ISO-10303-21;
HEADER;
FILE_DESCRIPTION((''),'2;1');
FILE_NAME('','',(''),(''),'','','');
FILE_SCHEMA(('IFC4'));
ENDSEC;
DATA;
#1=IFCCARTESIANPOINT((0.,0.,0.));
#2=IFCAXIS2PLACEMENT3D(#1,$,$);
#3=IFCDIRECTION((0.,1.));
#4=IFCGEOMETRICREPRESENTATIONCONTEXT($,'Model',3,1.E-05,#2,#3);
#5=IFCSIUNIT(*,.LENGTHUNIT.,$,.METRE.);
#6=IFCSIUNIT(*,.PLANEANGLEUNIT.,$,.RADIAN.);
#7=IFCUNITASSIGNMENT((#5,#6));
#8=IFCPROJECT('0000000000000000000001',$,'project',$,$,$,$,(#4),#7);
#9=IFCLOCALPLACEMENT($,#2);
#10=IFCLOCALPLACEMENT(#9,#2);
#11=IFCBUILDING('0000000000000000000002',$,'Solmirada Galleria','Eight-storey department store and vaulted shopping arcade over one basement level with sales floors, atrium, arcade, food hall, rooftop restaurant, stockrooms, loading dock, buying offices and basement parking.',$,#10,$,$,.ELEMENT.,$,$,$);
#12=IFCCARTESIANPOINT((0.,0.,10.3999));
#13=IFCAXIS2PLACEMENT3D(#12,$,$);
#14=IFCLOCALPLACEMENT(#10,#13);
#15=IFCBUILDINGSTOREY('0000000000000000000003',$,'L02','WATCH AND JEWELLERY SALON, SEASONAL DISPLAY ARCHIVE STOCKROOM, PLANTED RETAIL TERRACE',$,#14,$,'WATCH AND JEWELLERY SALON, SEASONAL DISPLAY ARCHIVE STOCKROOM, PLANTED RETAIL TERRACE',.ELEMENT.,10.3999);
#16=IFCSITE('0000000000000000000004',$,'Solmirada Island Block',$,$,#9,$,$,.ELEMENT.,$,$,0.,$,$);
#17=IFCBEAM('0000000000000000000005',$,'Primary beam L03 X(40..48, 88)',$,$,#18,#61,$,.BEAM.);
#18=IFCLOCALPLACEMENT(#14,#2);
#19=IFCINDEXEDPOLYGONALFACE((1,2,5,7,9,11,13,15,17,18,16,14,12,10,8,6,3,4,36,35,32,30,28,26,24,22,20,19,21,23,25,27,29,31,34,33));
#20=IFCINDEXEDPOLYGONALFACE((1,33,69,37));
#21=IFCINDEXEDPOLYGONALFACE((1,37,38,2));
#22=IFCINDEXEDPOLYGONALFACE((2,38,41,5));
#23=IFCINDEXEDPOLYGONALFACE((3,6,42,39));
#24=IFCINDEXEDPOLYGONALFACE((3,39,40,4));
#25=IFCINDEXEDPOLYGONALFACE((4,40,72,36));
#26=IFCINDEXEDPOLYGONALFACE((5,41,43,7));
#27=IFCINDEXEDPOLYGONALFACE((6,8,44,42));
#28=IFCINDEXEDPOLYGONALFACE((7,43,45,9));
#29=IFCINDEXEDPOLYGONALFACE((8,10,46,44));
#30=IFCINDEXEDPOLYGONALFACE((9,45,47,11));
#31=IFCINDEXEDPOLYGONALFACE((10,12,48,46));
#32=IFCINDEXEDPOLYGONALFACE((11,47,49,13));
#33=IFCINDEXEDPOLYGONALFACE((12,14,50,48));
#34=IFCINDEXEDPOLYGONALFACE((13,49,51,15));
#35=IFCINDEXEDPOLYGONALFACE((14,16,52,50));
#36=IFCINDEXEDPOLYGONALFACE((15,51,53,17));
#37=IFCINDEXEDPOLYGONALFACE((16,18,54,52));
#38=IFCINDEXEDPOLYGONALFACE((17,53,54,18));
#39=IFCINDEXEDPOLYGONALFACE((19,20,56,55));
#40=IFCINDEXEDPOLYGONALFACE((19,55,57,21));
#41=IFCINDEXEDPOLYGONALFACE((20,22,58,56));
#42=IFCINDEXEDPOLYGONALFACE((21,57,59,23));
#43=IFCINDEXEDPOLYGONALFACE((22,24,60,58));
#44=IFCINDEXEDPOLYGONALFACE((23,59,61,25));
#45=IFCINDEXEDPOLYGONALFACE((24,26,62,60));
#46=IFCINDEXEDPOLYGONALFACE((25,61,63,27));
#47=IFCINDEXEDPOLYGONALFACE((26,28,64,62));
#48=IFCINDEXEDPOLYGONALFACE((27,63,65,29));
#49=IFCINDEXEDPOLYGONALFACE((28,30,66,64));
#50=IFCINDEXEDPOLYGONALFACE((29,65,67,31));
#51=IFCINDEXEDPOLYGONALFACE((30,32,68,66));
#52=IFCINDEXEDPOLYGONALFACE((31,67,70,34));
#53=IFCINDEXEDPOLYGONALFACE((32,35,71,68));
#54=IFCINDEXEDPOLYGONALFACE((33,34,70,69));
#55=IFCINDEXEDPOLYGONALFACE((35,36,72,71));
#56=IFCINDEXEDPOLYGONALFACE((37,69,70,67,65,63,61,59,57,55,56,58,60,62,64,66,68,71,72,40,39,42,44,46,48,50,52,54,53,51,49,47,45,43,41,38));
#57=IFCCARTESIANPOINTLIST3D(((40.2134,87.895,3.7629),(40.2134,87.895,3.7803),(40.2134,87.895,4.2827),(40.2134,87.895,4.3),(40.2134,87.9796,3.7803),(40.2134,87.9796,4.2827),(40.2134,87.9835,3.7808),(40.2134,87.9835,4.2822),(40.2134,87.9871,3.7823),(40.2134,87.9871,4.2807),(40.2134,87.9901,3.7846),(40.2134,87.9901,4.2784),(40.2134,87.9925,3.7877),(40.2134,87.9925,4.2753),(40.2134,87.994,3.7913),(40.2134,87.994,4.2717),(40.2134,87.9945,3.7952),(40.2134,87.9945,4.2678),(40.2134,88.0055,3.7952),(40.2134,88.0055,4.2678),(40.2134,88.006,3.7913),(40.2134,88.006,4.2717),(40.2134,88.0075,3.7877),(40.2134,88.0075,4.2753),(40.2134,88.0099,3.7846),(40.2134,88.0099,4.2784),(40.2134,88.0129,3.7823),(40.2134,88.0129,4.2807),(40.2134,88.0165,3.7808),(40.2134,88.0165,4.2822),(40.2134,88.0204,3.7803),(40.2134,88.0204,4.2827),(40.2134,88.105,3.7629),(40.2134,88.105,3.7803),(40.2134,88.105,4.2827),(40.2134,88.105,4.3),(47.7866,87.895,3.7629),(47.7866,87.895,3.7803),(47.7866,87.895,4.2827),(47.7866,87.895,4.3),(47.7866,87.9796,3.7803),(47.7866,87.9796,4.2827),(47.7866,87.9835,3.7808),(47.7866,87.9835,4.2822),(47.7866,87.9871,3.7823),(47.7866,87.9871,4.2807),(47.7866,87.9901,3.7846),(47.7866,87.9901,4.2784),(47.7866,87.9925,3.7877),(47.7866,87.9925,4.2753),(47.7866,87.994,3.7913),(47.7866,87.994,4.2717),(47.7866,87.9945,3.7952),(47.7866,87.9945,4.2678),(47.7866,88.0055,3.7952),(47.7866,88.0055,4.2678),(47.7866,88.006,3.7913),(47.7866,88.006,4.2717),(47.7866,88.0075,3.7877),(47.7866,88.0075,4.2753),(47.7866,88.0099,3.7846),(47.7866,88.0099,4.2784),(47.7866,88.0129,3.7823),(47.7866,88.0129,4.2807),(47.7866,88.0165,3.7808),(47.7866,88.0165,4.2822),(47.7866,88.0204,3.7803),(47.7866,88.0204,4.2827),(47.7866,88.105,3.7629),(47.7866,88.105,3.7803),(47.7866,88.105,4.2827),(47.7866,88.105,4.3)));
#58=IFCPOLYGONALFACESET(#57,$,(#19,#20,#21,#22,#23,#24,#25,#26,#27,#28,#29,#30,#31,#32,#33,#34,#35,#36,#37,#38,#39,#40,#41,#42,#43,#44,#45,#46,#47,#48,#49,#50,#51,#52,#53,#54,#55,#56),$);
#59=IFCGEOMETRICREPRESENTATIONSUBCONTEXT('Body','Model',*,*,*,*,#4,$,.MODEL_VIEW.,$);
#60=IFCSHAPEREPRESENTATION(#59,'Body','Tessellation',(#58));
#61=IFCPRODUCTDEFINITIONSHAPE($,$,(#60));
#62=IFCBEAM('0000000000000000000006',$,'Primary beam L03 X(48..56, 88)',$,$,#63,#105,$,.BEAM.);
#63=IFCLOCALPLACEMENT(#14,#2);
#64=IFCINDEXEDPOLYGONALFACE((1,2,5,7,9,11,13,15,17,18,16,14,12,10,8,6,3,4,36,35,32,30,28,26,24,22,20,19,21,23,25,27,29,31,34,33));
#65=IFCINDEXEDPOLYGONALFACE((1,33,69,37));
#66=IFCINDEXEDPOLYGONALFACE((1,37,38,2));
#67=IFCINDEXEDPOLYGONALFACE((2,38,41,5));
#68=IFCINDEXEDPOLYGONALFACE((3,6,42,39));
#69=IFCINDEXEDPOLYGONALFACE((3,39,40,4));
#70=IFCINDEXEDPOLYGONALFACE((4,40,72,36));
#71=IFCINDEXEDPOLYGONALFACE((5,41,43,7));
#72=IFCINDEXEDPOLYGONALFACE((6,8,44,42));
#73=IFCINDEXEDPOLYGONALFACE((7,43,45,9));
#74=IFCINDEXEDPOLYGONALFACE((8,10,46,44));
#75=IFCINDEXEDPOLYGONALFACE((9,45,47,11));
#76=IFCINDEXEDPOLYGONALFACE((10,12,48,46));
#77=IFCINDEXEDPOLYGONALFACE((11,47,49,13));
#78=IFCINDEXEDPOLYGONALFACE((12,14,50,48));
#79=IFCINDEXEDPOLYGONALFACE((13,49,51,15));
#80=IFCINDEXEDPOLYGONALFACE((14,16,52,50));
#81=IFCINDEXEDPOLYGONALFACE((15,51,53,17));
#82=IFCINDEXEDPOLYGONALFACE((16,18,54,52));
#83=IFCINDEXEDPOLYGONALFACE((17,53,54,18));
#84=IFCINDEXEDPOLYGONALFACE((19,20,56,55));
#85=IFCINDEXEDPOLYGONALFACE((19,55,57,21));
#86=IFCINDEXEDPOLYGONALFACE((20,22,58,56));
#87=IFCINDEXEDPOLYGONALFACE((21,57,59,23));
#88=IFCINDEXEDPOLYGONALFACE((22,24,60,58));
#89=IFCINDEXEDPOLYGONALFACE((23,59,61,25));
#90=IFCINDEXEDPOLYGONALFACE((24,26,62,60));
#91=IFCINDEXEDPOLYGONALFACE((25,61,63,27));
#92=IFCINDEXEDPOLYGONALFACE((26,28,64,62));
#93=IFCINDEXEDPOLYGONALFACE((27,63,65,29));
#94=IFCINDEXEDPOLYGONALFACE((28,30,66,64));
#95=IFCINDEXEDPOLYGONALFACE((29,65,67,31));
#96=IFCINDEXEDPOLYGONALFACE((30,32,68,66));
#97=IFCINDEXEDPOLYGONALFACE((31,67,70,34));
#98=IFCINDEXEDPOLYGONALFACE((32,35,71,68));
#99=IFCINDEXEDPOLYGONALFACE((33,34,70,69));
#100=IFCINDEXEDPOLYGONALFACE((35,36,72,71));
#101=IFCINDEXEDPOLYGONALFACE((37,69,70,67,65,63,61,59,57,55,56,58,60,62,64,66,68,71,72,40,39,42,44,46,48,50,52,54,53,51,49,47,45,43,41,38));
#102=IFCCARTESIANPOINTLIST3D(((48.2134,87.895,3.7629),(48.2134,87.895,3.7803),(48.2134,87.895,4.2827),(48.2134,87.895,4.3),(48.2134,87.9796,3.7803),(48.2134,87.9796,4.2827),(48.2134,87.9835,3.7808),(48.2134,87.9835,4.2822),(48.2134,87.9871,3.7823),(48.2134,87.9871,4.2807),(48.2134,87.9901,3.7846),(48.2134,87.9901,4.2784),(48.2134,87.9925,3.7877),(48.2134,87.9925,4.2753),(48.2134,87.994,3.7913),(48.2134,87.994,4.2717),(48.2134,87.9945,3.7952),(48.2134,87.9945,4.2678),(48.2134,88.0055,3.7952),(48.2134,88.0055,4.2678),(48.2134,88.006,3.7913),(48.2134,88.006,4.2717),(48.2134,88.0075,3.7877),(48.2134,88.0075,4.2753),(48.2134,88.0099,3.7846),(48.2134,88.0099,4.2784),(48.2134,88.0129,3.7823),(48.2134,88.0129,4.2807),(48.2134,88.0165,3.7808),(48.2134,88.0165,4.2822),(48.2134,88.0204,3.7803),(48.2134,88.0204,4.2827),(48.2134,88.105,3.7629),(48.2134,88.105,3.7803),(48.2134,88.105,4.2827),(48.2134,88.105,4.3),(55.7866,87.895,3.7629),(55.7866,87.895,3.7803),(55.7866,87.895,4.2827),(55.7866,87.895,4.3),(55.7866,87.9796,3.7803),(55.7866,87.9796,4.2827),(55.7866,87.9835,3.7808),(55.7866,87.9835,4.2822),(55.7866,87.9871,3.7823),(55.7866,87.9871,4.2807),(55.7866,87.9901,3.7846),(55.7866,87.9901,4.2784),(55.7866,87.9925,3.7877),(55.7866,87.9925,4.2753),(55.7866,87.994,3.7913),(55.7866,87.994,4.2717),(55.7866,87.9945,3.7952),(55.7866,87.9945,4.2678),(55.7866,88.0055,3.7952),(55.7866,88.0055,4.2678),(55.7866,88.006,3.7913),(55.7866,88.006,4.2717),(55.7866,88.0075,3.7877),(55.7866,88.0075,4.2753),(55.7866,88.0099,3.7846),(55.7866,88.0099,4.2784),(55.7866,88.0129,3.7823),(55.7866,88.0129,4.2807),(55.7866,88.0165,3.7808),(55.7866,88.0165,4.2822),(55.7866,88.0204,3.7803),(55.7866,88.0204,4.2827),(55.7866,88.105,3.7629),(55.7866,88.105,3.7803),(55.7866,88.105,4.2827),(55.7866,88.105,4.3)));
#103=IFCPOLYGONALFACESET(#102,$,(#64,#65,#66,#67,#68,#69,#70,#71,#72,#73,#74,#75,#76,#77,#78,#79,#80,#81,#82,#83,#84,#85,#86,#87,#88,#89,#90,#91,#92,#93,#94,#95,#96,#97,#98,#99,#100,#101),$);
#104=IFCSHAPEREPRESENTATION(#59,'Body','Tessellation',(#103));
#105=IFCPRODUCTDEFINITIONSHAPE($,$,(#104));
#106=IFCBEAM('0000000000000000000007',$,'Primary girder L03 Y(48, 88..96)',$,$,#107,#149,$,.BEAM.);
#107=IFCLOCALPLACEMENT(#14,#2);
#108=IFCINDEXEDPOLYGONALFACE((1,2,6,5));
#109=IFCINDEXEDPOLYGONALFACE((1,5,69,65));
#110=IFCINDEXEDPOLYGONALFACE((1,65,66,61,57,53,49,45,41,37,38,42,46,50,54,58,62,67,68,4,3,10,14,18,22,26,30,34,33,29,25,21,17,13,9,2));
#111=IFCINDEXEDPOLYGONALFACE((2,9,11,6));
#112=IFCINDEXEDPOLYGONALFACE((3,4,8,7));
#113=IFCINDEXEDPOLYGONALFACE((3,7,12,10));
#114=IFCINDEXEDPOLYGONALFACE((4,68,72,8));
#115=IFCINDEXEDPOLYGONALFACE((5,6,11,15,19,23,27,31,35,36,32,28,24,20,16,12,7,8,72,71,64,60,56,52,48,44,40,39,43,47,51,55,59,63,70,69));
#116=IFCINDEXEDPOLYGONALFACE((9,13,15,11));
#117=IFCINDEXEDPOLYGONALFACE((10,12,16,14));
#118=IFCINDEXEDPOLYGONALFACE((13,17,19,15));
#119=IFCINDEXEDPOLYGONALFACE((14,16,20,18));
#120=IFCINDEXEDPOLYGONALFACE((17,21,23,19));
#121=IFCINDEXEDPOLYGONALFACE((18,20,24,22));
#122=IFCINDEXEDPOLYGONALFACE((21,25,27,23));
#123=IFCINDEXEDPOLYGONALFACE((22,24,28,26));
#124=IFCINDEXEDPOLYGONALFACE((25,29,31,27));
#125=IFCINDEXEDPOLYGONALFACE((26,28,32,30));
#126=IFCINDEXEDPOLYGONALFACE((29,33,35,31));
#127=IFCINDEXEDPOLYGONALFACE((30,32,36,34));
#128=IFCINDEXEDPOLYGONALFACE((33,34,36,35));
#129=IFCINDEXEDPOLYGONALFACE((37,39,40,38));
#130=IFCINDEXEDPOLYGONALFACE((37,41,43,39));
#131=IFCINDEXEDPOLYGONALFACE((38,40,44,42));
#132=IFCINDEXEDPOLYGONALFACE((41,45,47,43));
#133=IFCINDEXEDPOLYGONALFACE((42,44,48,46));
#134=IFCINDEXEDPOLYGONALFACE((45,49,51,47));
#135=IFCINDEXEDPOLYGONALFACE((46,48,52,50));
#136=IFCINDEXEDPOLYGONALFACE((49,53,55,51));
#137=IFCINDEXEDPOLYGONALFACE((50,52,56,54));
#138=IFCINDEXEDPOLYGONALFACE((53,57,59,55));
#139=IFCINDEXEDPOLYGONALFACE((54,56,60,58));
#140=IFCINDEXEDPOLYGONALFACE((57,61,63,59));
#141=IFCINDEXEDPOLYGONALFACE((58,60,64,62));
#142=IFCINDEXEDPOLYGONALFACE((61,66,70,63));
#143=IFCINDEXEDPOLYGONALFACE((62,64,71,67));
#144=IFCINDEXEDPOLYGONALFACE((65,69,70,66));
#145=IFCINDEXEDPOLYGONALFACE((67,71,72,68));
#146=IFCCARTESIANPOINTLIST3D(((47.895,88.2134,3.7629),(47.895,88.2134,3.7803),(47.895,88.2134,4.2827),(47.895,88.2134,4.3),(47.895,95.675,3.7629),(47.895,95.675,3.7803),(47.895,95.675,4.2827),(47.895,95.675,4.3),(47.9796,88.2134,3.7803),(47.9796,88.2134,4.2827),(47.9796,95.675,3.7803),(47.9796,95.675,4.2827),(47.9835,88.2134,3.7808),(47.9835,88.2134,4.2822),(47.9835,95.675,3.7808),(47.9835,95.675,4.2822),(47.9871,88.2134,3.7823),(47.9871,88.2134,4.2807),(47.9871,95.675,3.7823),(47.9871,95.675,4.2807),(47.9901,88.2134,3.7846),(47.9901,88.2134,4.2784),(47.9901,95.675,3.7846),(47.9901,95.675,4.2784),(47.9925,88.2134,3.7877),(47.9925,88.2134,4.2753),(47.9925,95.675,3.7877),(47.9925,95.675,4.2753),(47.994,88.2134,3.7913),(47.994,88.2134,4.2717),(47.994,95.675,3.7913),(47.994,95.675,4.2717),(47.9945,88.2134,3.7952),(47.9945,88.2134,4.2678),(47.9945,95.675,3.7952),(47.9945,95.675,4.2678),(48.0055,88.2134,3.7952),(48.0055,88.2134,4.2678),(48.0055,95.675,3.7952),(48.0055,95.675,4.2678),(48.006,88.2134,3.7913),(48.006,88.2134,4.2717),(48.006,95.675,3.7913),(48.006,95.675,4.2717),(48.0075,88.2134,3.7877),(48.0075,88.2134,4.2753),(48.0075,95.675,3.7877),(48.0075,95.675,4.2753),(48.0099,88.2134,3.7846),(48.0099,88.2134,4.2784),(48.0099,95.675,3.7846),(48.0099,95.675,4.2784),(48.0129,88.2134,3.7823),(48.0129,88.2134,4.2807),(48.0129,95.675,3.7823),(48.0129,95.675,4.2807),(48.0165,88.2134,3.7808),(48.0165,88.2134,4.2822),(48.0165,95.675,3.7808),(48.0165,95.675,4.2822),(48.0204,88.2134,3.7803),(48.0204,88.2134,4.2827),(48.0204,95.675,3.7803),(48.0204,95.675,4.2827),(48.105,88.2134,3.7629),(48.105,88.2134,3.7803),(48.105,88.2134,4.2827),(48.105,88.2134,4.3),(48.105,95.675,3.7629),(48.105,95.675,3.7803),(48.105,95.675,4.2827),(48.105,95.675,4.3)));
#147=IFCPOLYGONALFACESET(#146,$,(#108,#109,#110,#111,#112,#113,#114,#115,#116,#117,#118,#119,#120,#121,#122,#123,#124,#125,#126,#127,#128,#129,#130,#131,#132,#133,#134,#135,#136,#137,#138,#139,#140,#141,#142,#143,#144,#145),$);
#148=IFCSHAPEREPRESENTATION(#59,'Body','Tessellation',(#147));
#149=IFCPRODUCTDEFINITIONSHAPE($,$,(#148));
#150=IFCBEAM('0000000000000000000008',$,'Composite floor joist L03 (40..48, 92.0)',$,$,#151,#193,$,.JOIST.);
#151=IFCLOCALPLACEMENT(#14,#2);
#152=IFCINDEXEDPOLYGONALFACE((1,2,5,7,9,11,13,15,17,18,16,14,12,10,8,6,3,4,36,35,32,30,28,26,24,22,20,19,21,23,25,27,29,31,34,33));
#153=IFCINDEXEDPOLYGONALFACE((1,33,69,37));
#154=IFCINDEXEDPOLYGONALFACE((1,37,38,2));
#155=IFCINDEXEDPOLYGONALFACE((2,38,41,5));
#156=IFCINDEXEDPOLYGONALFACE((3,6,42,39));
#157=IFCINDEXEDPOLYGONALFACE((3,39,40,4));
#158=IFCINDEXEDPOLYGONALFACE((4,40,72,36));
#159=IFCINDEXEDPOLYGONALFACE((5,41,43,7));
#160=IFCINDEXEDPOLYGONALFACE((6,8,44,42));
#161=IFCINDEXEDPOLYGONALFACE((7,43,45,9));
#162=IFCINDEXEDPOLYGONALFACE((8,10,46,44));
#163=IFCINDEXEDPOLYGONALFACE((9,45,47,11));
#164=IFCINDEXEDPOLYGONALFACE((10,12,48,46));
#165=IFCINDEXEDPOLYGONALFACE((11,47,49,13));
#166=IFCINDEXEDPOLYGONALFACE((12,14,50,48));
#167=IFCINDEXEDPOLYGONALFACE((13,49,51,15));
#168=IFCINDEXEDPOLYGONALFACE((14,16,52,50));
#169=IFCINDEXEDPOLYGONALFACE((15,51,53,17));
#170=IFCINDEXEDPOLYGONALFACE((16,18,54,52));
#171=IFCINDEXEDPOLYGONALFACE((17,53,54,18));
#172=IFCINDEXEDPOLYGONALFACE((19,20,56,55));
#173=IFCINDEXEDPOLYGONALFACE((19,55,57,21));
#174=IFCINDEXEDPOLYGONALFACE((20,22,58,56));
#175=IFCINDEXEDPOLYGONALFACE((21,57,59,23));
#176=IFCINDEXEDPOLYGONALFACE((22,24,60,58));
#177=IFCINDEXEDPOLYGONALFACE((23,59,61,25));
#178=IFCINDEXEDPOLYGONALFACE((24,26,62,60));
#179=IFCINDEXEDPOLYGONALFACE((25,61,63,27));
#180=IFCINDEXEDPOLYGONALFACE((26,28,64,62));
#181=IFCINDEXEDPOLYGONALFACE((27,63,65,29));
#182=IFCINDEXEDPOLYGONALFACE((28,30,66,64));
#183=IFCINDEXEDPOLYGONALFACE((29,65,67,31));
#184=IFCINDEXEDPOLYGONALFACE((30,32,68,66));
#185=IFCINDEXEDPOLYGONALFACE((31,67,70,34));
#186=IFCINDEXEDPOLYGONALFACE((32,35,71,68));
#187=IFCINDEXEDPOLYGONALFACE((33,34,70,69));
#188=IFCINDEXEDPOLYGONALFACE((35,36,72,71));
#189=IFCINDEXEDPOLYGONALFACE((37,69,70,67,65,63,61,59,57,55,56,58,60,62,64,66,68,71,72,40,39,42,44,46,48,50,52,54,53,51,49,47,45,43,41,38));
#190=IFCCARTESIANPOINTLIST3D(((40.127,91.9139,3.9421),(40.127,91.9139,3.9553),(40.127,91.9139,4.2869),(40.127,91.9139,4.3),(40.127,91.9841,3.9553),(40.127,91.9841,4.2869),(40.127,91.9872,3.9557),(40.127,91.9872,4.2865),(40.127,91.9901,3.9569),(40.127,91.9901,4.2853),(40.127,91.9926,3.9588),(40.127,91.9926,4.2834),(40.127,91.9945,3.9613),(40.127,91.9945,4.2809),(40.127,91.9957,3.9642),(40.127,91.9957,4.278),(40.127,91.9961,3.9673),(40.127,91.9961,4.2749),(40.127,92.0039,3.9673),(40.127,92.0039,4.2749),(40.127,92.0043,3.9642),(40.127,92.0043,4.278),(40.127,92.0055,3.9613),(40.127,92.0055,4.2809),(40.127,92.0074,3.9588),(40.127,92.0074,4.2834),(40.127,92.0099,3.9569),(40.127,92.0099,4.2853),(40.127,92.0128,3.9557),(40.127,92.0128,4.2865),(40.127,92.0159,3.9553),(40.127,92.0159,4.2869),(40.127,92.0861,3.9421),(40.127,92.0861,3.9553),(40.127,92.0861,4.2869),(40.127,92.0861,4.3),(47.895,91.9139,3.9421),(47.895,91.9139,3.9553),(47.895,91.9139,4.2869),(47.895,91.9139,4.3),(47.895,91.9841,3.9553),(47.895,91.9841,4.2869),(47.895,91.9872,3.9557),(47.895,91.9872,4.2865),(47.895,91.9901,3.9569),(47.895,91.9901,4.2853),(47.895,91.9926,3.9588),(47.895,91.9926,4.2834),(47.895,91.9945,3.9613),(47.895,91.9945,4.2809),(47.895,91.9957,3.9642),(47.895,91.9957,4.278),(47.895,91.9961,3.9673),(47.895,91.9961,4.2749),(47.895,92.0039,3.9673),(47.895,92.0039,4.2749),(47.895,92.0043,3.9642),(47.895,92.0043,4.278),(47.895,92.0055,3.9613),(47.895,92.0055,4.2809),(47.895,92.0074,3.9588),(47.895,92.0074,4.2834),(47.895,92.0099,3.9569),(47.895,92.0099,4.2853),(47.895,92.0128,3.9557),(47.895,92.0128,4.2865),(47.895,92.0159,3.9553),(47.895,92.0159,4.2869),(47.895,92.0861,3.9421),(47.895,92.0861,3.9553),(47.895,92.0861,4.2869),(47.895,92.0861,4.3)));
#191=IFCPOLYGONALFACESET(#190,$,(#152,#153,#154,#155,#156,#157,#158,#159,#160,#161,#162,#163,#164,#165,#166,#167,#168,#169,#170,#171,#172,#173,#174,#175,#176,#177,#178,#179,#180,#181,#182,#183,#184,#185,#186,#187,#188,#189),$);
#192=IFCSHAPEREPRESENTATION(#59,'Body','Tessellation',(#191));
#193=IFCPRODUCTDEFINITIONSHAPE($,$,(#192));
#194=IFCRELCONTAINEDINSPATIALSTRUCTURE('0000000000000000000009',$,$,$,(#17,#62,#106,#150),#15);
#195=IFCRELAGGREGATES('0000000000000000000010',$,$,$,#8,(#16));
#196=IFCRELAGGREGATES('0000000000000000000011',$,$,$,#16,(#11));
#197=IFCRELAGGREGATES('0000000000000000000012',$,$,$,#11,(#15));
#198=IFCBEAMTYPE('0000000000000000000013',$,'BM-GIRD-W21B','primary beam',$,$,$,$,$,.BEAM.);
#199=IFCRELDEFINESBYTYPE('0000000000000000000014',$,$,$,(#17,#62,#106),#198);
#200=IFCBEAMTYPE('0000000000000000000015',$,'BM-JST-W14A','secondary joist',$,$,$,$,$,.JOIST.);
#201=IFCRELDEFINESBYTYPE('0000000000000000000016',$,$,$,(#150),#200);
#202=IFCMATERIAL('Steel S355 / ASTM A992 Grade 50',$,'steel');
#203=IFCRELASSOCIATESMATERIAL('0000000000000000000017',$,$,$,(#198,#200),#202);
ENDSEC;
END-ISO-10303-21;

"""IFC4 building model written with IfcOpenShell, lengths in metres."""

from ifc_helpers import new_model, si_unit, direction, frame, origin, origin_2d, place, context, subcontext, project, spatial, i_section, extrude, material, material_profile, profile_set, type_object, element, save


model = new_model("IFC4")

# Units and contexts
model_context = context("Model", 3, precision=1e-05, world=origin(), true_north=direction((0.0, 1.0)))
body_context = subcontext(model_context, "Body", "Model", "MODEL_VIEW")
ifc_project = project(units=[si_unit("LENGTHUNIT", "METRE"), si_unit("PLANEANGLEUNIT", "RADIAN")], contexts=[model_context])

# Site, building, storey
site_placement = place(None, origin())
site = spatial("IfcSite", under=ifc_project, at=site_placement, Name="Solmirada Island Block", CompositionType="ELEMENT", RefElevation=0.0)
building_placement = place(site_placement, origin())
building = spatial("IfcBuilding", under=site, at=building_placement, Name="Solmirada Galleria", Description="Eight-storey department store and vaulted shopping arcade over one basement level with sales floors, atrium, arcade, food hall, rooftop restaurant, stockrooms, loading dock, buying offices and basement parking.", CompositionType="ELEMENT")
storey_placement = place(building_placement, frame((0.0, 0.0, 10.3999)))
storey = spatial("IfcBuildingStorey", under=building, at=storey_placement, Name="L02", Description="WATCH AND JEWELLERY SALON, SEASONAL DISPLAY ARCHIVE STOCKROOM, PLANTED RETAIL TERRACE", LongName="WATCH AND JEWELLERY SALON, SEASONAL DISPLAY ARCHIVE STOCKROOM, PLANTED RETAIL TERRACE", CompositionType="ELEMENT", Elevation=10.3999)

# Beams
ifc_material_1 = material(Name="Steel S355 / ASTM A992 Grade 50", Category="steel")
ifc_material_profile_1 = material_profile(ifc_material_1, i_section(OverallWidth=0.21, OverallDepth=0.5371, WebThickness=0.011, FlangeThickness=0.0173, FilletRadius=0.0149, at=origin_2d()), Name="W21X68")
ifc_profile_set_1 = profile_set([ifc_material_profile_1], Name="Steel S355 / ASTM A992 Grade 50")
beam_type_1 = type_object("IfcBeamType", Name="BM-GIRD-W21B", Description="primary beam", PredefinedType="BEAM", material=ifc_profile_set_1)
for number, where, z_axis, x_axis, name in (
    (1, (40.2134, 88.0, 4.0315), (1.0, 0.0, 0.0), (0.0, 1.0, 0.0), "Primary beam L03 X(40..48, 88)"),
    (2, (48.2134, 88.0, 4.0315), (1.0, 0.0, 0.0), (0.0, 1.0, 0.0), "Primary beam L03 X(48..56, 88)"),
):
    element("IfcBeam", number, at=place(storey_placement, frame(where, z_axis=z_axis, x_axis=x_axis)), inside=storey, type_object=beam_type_1, Name=name, PredefinedType="BEAM", context=body_context, shape_type="SweptSolid", body=[
        extrude(i_section(OverallWidth=0.21, OverallDepth=0.5371, WebThickness=0.011, FlangeThickness=0.0173, FilletRadius=0.0149, at=origin_2d()), origin(), (0.0, 0.0, 1.0), 7.5732),
    ])
beam_1_placement = place(storey_placement, frame((48.0, 88.2134, 4.0315), z_axis=(0.0, 1.0, 0.0), x_axis=(-1.0, 0.0, 0.0)))
element("IfcBeam", 3, at=beam_1_placement, inside=storey, type_object=beam_type_1, Name="Primary girder L03 Y(48, 88..96)", PredefinedType="BEAM", context=body_context, shape_type="SweptSolid", body=[
    extrude(i_section(OverallWidth=0.21, OverallDepth=0.5371, WebThickness=0.011, FlangeThickness=0.0173, FilletRadius=0.0149, at=origin_2d()), origin(), (0.0, 0.0, 1.0), 7.4617),
])
ifc_material_profile_2 = material_profile(ifc_material_1, i_section(OverallWidth=0.1721, OverallDepth=0.3579, WebThickness=0.0078, FlangeThickness=0.0132, FilletRadius=0.012, at=origin_2d()), Name="W14X38")
ifc_profile_set_2 = profile_set([ifc_material_profile_2], Name="Steel S355 / ASTM A992 Grade 50")
beam_type_2 = type_object("IfcBeamType", Name="BM-JST-W14A", Description="secondary joist", PredefinedType="JOIST", material=ifc_profile_set_2)
beam_2_placement = place(storey_placement, frame((40.127, 92.0, 4.1211), z_axis=(1.0, 0.0, 0.0), x_axis=(0.0, 1.0, 0.0)))
element("IfcBeam", 4, at=beam_2_placement, inside=storey, type_object=beam_type_2, Name="Composite floor joist L03 (40..48, 92.0)", PredefinedType="JOIST", context=body_context, shape_type="SweptSolid", body=[
    extrude(i_section(OverallWidth=0.1721, OverallDepth=0.3579, WebThickness=0.0078, FlangeThickness=0.0132, FilletRadius=0.012, at=origin_2d()), origin(), (0.0, 0.0, 1.0), 7.7681),
])

save(model, "model.ifc")
